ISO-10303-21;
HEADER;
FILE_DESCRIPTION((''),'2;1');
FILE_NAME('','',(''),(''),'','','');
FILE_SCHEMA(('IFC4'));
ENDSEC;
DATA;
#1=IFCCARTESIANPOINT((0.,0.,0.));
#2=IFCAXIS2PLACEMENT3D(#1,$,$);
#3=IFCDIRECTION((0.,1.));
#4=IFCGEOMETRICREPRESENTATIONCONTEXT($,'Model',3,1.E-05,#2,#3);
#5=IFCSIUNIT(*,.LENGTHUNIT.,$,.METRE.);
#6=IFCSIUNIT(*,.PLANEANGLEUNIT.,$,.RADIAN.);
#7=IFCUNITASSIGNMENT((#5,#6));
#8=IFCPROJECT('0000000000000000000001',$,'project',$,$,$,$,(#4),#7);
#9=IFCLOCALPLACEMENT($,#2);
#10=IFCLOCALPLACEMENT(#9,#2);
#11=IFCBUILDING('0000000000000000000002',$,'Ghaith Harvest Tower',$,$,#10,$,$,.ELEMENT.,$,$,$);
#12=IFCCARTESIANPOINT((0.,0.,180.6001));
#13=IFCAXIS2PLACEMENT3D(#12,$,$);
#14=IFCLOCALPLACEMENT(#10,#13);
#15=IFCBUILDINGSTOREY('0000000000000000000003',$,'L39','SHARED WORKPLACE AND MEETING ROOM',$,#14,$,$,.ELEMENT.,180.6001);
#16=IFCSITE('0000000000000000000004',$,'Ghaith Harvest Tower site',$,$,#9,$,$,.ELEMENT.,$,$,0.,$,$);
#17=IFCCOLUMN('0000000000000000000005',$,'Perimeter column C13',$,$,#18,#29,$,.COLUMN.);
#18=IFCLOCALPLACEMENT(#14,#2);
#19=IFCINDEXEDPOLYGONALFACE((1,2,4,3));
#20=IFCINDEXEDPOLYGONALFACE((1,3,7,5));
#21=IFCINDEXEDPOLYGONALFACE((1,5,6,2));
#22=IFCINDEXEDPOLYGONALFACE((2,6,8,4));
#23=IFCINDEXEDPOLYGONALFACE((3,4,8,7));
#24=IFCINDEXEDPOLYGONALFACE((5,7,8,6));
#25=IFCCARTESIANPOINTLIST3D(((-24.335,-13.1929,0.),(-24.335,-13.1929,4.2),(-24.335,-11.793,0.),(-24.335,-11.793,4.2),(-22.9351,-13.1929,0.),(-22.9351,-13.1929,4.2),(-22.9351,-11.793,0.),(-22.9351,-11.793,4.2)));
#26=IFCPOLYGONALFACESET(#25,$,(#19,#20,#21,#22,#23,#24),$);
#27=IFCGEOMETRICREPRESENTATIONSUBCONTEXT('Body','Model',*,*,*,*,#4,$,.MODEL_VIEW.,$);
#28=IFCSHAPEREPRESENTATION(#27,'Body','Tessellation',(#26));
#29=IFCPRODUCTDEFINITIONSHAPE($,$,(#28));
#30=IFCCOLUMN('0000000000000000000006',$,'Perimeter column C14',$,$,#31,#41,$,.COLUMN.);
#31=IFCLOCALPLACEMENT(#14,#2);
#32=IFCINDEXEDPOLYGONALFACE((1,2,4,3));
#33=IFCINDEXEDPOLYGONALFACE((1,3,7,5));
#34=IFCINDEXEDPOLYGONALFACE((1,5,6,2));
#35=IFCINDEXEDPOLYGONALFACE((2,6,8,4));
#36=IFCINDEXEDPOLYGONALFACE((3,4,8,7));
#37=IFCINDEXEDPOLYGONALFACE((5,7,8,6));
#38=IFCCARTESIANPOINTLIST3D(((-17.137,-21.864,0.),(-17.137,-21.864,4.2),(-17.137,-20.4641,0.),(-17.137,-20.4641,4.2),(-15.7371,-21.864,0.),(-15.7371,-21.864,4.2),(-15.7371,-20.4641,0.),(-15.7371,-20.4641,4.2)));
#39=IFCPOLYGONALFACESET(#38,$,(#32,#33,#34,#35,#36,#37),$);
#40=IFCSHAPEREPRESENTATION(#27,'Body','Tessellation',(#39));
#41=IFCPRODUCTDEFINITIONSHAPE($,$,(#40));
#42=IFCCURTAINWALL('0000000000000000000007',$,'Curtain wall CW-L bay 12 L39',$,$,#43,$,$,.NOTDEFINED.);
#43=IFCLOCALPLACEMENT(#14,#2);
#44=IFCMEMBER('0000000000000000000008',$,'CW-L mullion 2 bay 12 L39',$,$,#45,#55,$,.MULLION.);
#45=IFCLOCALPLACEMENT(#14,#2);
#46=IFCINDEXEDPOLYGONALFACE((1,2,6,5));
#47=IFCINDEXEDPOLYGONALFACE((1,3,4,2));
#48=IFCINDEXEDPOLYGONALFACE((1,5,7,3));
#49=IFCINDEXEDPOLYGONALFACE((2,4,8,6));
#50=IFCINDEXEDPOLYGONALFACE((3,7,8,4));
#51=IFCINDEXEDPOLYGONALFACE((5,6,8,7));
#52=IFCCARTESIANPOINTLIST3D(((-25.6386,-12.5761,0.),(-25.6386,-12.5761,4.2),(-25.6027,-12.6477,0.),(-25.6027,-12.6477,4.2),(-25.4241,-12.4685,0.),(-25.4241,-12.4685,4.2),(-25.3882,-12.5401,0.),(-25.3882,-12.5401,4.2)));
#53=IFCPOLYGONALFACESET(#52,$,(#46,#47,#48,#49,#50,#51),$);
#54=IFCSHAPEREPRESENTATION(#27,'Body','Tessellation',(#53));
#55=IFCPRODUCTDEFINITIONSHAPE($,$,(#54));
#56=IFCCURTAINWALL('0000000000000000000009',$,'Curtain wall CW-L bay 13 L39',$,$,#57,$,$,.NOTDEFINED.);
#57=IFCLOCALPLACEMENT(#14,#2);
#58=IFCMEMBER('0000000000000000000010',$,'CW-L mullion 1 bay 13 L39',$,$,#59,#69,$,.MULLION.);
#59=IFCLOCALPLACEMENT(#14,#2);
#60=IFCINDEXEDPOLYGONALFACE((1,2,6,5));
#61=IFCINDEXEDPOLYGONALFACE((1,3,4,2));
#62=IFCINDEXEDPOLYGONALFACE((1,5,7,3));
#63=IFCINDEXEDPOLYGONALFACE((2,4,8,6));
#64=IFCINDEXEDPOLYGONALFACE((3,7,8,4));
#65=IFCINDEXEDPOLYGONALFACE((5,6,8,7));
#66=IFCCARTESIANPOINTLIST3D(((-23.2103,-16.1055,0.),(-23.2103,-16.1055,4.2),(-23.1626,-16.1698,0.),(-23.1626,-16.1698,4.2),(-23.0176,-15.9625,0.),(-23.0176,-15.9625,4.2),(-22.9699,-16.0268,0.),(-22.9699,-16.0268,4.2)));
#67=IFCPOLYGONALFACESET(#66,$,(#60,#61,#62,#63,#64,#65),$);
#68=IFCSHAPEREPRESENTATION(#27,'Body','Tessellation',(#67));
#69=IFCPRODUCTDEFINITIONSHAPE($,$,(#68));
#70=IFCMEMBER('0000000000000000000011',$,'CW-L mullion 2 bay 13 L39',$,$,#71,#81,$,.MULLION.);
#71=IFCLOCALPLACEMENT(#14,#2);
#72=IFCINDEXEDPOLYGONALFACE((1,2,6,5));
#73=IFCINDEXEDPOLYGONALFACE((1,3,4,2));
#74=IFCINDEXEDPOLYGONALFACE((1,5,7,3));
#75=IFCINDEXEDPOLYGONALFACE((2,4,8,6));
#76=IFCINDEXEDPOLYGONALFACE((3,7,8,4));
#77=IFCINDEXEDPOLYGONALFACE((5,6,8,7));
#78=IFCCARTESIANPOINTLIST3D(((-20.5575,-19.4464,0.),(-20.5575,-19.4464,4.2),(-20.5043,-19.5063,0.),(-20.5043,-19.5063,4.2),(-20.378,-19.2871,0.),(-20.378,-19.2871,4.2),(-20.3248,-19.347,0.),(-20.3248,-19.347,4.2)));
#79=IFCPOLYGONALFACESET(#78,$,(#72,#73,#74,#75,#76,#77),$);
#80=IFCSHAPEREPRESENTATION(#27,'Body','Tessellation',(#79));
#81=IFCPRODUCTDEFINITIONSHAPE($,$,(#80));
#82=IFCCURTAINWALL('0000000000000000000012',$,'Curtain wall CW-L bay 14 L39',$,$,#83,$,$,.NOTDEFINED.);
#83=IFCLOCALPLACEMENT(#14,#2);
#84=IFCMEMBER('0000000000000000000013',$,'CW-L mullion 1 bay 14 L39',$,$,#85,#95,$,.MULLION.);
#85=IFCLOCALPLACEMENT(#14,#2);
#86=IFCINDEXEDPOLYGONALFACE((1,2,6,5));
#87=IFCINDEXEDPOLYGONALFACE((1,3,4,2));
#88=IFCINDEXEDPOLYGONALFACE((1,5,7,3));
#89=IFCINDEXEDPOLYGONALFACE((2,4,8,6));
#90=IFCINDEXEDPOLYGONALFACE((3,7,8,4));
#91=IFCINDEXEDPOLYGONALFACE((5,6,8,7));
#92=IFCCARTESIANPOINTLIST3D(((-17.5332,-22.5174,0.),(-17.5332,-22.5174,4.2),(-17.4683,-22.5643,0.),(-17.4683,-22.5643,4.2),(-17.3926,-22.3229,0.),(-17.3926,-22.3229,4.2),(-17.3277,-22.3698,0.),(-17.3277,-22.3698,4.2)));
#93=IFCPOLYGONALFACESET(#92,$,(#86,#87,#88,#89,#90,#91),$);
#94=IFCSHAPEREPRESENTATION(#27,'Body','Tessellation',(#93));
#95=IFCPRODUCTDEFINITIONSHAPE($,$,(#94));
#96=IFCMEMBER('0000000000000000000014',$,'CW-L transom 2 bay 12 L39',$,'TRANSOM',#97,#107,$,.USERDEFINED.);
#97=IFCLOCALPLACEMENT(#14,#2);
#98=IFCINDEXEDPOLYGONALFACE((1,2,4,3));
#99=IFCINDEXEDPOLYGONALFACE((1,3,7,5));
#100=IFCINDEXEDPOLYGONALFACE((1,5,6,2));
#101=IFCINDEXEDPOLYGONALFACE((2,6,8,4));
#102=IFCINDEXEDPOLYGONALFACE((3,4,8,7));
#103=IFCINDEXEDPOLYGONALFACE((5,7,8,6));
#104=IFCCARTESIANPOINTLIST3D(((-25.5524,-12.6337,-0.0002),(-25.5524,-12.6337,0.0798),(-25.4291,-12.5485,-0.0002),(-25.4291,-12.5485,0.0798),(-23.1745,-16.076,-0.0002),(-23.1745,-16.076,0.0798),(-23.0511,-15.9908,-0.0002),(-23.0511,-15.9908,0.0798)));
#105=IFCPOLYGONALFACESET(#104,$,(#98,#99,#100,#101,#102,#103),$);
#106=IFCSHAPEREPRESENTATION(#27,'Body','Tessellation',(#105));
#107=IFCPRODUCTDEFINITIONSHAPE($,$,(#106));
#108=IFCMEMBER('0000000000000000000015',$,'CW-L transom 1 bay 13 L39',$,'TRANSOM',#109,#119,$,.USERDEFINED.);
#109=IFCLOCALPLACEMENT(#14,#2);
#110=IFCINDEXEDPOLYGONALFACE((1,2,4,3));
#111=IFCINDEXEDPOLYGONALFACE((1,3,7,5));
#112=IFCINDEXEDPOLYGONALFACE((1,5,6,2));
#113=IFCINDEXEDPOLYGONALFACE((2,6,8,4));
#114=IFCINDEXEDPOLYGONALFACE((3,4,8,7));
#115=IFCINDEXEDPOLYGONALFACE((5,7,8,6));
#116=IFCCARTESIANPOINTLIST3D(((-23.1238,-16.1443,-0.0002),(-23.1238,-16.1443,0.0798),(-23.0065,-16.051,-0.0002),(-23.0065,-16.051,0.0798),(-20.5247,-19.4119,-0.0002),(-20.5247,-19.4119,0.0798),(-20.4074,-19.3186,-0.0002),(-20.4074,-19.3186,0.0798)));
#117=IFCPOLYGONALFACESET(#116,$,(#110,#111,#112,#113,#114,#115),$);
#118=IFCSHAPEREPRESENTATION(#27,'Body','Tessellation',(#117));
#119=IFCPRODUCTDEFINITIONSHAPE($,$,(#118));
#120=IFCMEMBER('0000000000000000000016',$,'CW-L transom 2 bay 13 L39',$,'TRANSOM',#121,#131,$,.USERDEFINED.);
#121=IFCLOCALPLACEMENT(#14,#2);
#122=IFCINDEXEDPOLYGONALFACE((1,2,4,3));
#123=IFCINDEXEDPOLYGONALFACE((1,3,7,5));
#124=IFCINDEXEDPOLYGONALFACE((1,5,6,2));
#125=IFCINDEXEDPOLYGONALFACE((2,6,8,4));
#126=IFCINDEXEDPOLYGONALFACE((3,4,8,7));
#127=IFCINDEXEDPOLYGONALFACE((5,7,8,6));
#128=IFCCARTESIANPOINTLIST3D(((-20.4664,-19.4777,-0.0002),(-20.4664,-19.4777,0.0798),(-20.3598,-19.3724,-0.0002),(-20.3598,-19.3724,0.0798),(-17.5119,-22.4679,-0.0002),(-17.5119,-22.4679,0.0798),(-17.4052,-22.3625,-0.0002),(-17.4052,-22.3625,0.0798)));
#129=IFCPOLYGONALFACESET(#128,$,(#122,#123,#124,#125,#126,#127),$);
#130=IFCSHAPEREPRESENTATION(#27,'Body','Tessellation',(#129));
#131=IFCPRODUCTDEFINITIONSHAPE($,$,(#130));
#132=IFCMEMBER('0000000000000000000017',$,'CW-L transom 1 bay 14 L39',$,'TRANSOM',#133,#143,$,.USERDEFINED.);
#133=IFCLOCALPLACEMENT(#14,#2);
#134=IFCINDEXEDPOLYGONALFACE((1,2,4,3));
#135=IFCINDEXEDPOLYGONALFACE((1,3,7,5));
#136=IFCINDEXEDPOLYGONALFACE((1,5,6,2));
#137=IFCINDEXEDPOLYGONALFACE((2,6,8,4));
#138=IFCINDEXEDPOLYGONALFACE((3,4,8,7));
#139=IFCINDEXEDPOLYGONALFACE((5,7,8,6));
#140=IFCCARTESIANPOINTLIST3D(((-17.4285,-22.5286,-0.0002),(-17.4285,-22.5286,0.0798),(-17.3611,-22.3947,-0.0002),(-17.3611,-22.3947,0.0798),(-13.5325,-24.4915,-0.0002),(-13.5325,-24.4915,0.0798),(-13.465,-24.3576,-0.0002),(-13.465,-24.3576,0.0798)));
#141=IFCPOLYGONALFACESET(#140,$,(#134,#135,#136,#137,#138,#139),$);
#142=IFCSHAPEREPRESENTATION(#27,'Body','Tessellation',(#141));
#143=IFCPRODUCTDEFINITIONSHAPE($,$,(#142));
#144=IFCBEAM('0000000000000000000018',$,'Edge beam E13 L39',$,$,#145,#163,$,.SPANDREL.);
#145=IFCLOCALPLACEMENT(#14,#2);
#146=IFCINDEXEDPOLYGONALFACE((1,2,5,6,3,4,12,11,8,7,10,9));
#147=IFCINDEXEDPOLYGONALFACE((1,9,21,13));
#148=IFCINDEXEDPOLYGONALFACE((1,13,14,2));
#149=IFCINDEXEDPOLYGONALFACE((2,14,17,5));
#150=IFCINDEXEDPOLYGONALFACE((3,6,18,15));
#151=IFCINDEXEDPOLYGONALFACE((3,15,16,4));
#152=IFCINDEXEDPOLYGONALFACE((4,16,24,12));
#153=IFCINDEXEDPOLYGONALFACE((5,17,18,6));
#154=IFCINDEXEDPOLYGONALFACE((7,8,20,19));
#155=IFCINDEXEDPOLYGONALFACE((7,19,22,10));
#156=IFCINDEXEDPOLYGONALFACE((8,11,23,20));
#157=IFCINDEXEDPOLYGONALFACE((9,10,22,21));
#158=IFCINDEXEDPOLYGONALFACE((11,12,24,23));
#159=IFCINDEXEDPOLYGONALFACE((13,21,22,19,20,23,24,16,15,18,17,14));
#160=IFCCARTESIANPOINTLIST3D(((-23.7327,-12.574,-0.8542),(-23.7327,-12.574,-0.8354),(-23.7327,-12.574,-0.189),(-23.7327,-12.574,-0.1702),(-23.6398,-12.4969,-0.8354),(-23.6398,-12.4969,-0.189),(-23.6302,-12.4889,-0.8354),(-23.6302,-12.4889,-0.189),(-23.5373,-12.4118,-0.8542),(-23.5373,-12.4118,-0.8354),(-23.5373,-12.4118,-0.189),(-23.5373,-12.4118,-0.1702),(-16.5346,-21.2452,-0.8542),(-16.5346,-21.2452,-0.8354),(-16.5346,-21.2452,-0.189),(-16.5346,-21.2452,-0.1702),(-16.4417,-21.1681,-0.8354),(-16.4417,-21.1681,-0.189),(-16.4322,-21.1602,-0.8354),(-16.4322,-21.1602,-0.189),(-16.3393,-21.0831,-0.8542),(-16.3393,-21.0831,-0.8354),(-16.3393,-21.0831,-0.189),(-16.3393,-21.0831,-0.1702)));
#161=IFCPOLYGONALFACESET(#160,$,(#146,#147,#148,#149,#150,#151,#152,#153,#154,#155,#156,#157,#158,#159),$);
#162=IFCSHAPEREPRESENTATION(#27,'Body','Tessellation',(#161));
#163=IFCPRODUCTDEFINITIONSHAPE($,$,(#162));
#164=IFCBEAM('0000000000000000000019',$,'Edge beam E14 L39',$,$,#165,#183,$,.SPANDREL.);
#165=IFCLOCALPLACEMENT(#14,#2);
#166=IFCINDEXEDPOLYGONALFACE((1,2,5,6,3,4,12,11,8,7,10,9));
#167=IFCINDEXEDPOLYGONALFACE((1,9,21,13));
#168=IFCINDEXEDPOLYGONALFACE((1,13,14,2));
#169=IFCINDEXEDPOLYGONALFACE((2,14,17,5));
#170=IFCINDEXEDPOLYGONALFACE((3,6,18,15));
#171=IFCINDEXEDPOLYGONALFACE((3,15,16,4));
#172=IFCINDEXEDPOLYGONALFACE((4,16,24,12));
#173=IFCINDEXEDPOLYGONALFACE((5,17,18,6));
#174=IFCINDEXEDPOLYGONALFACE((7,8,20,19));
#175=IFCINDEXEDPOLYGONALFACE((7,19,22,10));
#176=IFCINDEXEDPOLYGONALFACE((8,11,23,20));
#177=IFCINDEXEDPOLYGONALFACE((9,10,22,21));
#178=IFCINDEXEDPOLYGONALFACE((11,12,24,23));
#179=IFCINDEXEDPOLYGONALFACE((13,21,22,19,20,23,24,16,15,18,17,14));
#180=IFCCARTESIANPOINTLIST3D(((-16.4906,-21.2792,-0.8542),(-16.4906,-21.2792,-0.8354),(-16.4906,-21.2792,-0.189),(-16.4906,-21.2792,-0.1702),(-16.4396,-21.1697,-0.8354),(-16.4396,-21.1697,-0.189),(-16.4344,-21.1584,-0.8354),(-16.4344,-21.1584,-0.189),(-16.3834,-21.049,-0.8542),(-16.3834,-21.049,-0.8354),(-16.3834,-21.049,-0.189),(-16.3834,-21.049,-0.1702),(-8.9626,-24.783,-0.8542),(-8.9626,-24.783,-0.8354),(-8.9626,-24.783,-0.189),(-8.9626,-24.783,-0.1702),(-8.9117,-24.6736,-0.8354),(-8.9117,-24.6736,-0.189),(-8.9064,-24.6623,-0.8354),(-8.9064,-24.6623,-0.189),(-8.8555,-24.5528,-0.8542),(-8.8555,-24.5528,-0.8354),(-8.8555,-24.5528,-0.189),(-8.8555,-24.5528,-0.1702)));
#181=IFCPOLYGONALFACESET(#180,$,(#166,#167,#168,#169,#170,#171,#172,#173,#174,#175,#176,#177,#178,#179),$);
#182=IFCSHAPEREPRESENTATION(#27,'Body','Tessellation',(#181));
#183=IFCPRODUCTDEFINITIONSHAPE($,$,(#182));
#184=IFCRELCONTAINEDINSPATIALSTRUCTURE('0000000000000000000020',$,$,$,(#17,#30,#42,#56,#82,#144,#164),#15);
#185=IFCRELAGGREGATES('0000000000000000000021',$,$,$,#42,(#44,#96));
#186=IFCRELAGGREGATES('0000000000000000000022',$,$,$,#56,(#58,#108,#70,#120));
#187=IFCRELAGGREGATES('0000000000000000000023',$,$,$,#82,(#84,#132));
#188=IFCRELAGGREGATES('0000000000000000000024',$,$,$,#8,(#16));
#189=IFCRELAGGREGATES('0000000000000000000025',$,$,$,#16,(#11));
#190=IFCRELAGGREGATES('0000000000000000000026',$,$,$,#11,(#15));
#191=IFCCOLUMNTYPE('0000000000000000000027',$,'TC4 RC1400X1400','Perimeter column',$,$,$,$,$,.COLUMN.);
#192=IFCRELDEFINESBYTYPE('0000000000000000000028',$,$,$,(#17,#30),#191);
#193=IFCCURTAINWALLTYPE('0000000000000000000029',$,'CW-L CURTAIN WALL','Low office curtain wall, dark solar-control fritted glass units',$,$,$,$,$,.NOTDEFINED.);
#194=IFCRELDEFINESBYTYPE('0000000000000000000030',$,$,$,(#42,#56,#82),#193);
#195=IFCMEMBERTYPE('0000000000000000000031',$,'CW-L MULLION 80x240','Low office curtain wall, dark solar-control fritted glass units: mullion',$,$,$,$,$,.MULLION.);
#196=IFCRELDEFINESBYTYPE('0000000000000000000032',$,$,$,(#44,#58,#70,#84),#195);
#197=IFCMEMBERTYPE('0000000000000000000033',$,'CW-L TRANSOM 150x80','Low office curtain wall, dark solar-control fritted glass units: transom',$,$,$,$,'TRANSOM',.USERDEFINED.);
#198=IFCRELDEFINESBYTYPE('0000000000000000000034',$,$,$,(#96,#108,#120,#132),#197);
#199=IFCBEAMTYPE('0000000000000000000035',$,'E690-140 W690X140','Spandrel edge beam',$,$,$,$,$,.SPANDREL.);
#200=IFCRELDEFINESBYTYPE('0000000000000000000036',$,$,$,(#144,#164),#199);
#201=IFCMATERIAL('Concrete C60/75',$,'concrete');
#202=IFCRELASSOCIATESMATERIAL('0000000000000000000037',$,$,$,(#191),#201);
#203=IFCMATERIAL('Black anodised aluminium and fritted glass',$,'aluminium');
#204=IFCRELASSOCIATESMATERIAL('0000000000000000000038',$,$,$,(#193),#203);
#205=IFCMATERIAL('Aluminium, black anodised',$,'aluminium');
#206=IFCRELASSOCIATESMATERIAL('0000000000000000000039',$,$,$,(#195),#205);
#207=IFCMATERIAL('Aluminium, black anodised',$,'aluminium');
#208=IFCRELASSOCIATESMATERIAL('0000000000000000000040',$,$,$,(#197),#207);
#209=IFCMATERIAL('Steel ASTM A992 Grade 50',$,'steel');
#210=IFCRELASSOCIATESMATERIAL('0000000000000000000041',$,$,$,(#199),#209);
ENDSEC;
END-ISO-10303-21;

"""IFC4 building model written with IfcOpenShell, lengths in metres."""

from ifc_helpers import new_model, si_unit, direction, frame, origin, origin_2d, place, context, subcontext, project, spatial, rectangle, i_section, extrude, material, material_profile, profile_set, type_object, element, aggregate, save


model = new_model("IFC4")

# Units and contexts
model_context = context("Model", 3, precision=1e-05, world=origin(), true_north=direction((0.0, 1.0)))
body_context = subcontext(model_context, "Body", "Model", "MODEL_VIEW")
ifc_project = project(units=[si_unit("LENGTHUNIT", "METRE"), si_unit("PLANEANGLEUNIT", "RADIAN")], contexts=[model_context])

# Site, building, storey
site_placement = place(None, origin())
site = spatial("IfcSite", under=ifc_project, at=site_placement, Name="Ghaith Harvest Tower site", CompositionType="ELEMENT", RefElevation=0.0)
building_placement = place(site_placement, origin())
building = spatial("IfcBuilding", under=site, at=building_placement, Name="Ghaith Harvest Tower", CompositionType="ELEMENT")
storey_placement = place(building_placement, frame((0.0, 0.0, 180.6001)))
storey = spatial("IfcBuildingStorey", under=building, at=storey_placement, Name="L39", Description="SHARED WORKPLACE AND MEETING ROOM", CompositionType="ELEMENT", Elevation=180.6001)

# Columns
ifc_material_1 = material(Name="Concrete C60/75", Category="concrete")
ifc_material_profile_1 = material_profile(ifc_material_1, rectangle(XDim=1.3999, YDim=1.3999, at=origin_2d()), Name="RC1400X1400")
ifc_profile_set_1 = profile_set([ifc_material_profile_1], Name="Concrete C60/75")
column_type = type_object("IfcColumnType", Name="TC4 RC1400X1400", Description="Perimeter column", PredefinedType="COLUMN", material=ifc_profile_set_1)
for number, where, z_axis, x_axis, name in (
    (1, (-23.635, -12.4929, 0.0), (0.0, 0.0, 1.0), (1.0, 0.0, 0.0), "Perimeter column C13"),
    (2, (-16.437, -21.1641, 0.0), (0.0, 0.0, 1.0), (1.0, 0.0, 0.0), "Perimeter column C14"),
):
    element("IfcColumn", number, at=place(storey_placement, frame(where, z_axis=z_axis, x_axis=x_axis)), inside=storey, type_object=column_type, Name=name, PredefinedType="COLUMN", context=body_context, shape_type="SweptSolid", body=[
        extrude(rectangle(XDim=1.3999, YDim=1.3999, at=origin_2d()), origin(), (0.0, 0.0, 1.0), 4.2),
    ])

# Curtain wall, member
ifc_material_2 = material(Name="Black anodised aluminium and fritted glass", Category="aluminium")
curtain_wall_type = type_object("IfcCurtainWallType", Name="CW-L CURTAIN WALL", Description="Low office curtain wall, dark solar-control fritted glass units", PredefinedType="NOTDEFINED", material=ifc_material_2)
curtain_wall_1_placement = place(storey_placement, origin())
curtain_wall_1 = element("IfcCurtainWall", 3, at=curtain_wall_1_placement, inside=storey, type_object=curtain_wall_type, Name="Curtain wall CW-L bay 12 L39", PredefinedType="NOTDEFINED")
ifc_material_3 = material(Name="Aluminium, black anodised", Category="aluminium")
ifc_material_profile_2 = material_profile(ifc_material_3, rectangle(XDim=0.0801, YDim=0.24, at=origin_2d()), Name="CW-L MULLION 80x240")
ifc_profile_set_2 = profile_set([ifc_material_profile_2], Name="Aluminium, black anodised")
member_type_1 = type_object("IfcMemberType", Name="CW-L MULLION 80x240", Description="Low office curtain wall, dark solar-control fritted glass units: mullion", PredefinedType="MULLION", material=ifc_profile_set_2)
member_1_placement = place(storey_placement, frame((-25.5134, -12.5581, 0.0), z_axis=(0.0, 0.0, 1.0), x_axis=(0.448267, -0.8939, 0.0)))
member_1 = element("IfcMember", 4, at=member_1_placement, type_object=member_type_1, Name="CW-L mullion 2 bay 12 L39", PredefinedType="MULLION", context=body_context, shape_type="SweptSolid", body=[
    extrude(rectangle(XDim=0.0801, YDim=0.24, at=origin_2d()), origin(), (0.0, 0.0, 1.0), 4.2),
])

# Curtain wall, members
curtain_wall_2_placement = place(storey_placement, origin())
curtain_wall_2 = element("IfcCurtainWall", 5, at=curtain_wall_2_placement, inside=storey, type_object=curtain_wall_type, Name="Curtain wall CW-L bay 13 L39", PredefinedType="NOTDEFINED")
member_2_placement = place(storey_placement, frame((-23.0901, -16.0662, 0.0), z_axis=(0.0, 0.0, 1.0), x_axis=(0.59574, -0.803177, 0.0)))
member_2 = element("IfcMember", 6, at=member_2_placement, type_object=member_type_1, Name="CW-L mullion 1 bay 13 L39", PredefinedType="MULLION", context=body_context, shape_type="SweptSolid", body=[
    extrude(rectangle(XDim=0.0801, YDim=0.24, at=origin_2d()), origin(), (0.0, 0.0, 1.0), 4.2),
])
member_3_placement = place(storey_placement, frame((-20.4412, -19.3967, 0.0), z_axis=(0.0, 0.0, 1.0), x_axis=(0.663765, -0.747941, 0.0)))
member_3 = element("IfcMember", 7, at=member_3_placement, type_object=member_type_1, Name="CW-L mullion 2 bay 13 L39", PredefinedType="MULLION", context=body_context, shape_type="SweptSolid", body=[
    extrude(rectangle(XDim=0.0801, YDim=0.24, at=origin_2d()), origin(), (0.0, 0.0, 1.0), 4.2),
])

# Curtain wall, member
curtain_wall_3_placement = place(storey_placement, origin())
curtain_wall_3 = element("IfcCurtainWall", 8, at=curtain_wall_3_placement, inside=storey, type_object=curtain_wall_type, Name="Curtain wall CW-L bay 14 L39", PredefinedType="NOTDEFINED")
member_4_placement = place(storey_placement, frame((-17.4304, -22.4436, 0.0), z_axis=(0.0, 0.0, 1.0), x_axis=(0.810339, -0.585961, 0.0)))
member_4 = element("IfcMember", 9, at=member_4_placement, type_object=member_type_1, Name="CW-L mullion 1 bay 14 L39", PredefinedType="MULLION", context=body_context, shape_type="SweptSolid", body=[
    extrude(rectangle(XDim=0.0801, YDim=0.24, at=origin_2d()), origin(), (0.0, 0.0, 1.0), 4.2),
])

# Members
ifc_material_4 = material(Name="Aluminium, black anodised", Category="aluminium")
ifc_material_profile_3 = material_profile(ifc_material_4, rectangle(XDim=0.1499, YDim=0.0801, at=origin_2d()), Name="CW-L TRANSOM 150x80")
ifc_profile_set_3 = profile_set([ifc_material_profile_3], Name="Aluminium, black anodised")
member_type_2 = type_object("IfcMemberType", Name="CW-L TRANSOM 150x80", Description="Low office curtain wall, dark solar-control fritted glass units: transom", ElementType="TRANSOM", PredefinedType="USERDEFINED", material=ifc_profile_set_3)
member_5_placement = place(storey_placement, frame((-25.4907, -12.5911, 0.0398), z_axis=(0.56836, -0.82278, 0.0), x_axis=(0.82278, 0.56836, 0.0)))
member_5 = element("IfcMember", 10, at=member_5_placement, type_object=member_type_2, Name="CW-L transom 2 bay 12 L39", ObjectType="TRANSOM", PredefinedType="USERDEFINED", context=body_context, shape_type="SweptSolid", body=[
    extrude(rectangle(XDim=0.1499, YDim=0.0801, at=origin_2d()), origin(), (0.0, 0.0, 1.0), 4.1838),
])
member_6_placement = place(storey_placement, frame((-23.0652, -16.0977, 0.0398), z_axis=(0.622511, -0.782611, 0.0), x_axis=(0.782611, 0.622511, 0.0)))
member_6 = element("IfcMember", 11, at=member_6_placement, type_object=member_type_2, Name="CW-L transom 1 bay 13 L39", ObjectType="TRANSOM", PredefinedType="USERDEFINED", context=body_context, shape_type="SweptSolid", body=[
    extrude(rectangle(XDim=0.1499, YDim=0.0801, at=origin_2d()), origin(), (0.0, 0.0, 1.0), 4.1753),
])
member_7_placement = place(storey_placement, frame((-20.4131, -19.425, 0.0398), z_axis=(0.702854, -0.711334, 0.0), x_axis=(0.711334, 0.702854, 0.0)))
member_7 = element("IfcMember", 12, at=member_7_placement, type_object=member_type_2, Name="CW-L transom 2 bay 13 L39", ObjectType="TRANSOM", PredefinedType="USERDEFINED", context=body_context, shape_type="SweptSolid", body=[
    extrude(rectangle(XDim=0.1499, YDim=0.0801, at=origin_2d()), origin(), (0.0, 0.0, 1.0), 4.2036),
])
member_8_placement = place(storey_placement, frame((-17.3948, -22.4617, 0.0398), z_axis=(0.893058, -0.449943, 0.0), x_axis=(0.449943, 0.893058, 0.0)))
member_8 = element("IfcMember", 13, at=member_8_placement, type_object=member_type_2, Name="CW-L transom 1 bay 14 L39", ObjectType="TRANSOM", PredefinedType="USERDEFINED", context=body_context, shape_type="SweptSolid", body=[
    extrude(rectangle(XDim=0.1499, YDim=0.0801, at=origin_2d()), origin(), (0.0, 0.0, 1.0), 4.3625),
])

# Beams
ifc_material_5 = material(Name="Steel ASTM A992 Grade 50", Category="steel")
ifc_material_profile_4 = material_profile(ifc_material_5, i_section(OverallWidth=0.2539, OverallDepth=0.6841, WebThickness=0.0125, FlangeThickness=0.0188, at=origin_2d()), Name="W690X140")
ifc_profile_set_4 = profile_set([ifc_material_profile_4], Name="Steel ASTM A992 Grade 50")
beam_type = type_object("IfcBeamType", Name="E690-140 W690X140", Description="Spandrel edge beam", PredefinedType="SPANDREL", material=ifc_profile_set_4)
beam_1_placement = place(storey_placement, frame((-23.635, -12.4929, -0.5122), z_axis=(0.638719, -0.76944, 0.0), x_axis=(0.76944, 0.638719, 0.0)))
element("IfcBeam", 14, at=beam_1_placement, inside=storey, type_object=beam_type, Name="Edge beam E13 L39", PredefinedType="SPANDREL", context=body_context, shape_type="SweptSolid", body=[
    extrude(i_section(OverallWidth=0.2539, OverallDepth=0.6841, WebThickness=0.0125, FlangeThickness=0.0188, at=origin_2d()), origin(), (0.0, 0.0, 1.0), 11.2695),
])
beam_2_placement = place(storey_placement, frame((-16.437, -21.1641, -0.5122), z_axis=(0.906607, -0.421976, 0.0), x_axis=(0.421976, 0.906607, 0.0)))
element("IfcBeam", 15, at=beam_2_placement, inside=storey, type_object=beam_type, Name="Edge beam E14 L39", PredefinedType="SPANDREL", context=body_context, shape_type="SweptSolid", body=[
    extrude(i_section(OverallWidth=0.2539, OverallDepth=0.6841, WebThickness=0.0125, FlangeThickness=0.0188, at=origin_2d()), origin(), (0.0, 0.0, 1.0), 8.3035),
])

aggregate(curtain_wall_1, [member_1, member_5])
aggregate(curtain_wall_2, [member_2, member_6, member_3, member_7])
aggregate(curtain_wall_3, [member_4, member_8])

save(model, "model.ifc")
